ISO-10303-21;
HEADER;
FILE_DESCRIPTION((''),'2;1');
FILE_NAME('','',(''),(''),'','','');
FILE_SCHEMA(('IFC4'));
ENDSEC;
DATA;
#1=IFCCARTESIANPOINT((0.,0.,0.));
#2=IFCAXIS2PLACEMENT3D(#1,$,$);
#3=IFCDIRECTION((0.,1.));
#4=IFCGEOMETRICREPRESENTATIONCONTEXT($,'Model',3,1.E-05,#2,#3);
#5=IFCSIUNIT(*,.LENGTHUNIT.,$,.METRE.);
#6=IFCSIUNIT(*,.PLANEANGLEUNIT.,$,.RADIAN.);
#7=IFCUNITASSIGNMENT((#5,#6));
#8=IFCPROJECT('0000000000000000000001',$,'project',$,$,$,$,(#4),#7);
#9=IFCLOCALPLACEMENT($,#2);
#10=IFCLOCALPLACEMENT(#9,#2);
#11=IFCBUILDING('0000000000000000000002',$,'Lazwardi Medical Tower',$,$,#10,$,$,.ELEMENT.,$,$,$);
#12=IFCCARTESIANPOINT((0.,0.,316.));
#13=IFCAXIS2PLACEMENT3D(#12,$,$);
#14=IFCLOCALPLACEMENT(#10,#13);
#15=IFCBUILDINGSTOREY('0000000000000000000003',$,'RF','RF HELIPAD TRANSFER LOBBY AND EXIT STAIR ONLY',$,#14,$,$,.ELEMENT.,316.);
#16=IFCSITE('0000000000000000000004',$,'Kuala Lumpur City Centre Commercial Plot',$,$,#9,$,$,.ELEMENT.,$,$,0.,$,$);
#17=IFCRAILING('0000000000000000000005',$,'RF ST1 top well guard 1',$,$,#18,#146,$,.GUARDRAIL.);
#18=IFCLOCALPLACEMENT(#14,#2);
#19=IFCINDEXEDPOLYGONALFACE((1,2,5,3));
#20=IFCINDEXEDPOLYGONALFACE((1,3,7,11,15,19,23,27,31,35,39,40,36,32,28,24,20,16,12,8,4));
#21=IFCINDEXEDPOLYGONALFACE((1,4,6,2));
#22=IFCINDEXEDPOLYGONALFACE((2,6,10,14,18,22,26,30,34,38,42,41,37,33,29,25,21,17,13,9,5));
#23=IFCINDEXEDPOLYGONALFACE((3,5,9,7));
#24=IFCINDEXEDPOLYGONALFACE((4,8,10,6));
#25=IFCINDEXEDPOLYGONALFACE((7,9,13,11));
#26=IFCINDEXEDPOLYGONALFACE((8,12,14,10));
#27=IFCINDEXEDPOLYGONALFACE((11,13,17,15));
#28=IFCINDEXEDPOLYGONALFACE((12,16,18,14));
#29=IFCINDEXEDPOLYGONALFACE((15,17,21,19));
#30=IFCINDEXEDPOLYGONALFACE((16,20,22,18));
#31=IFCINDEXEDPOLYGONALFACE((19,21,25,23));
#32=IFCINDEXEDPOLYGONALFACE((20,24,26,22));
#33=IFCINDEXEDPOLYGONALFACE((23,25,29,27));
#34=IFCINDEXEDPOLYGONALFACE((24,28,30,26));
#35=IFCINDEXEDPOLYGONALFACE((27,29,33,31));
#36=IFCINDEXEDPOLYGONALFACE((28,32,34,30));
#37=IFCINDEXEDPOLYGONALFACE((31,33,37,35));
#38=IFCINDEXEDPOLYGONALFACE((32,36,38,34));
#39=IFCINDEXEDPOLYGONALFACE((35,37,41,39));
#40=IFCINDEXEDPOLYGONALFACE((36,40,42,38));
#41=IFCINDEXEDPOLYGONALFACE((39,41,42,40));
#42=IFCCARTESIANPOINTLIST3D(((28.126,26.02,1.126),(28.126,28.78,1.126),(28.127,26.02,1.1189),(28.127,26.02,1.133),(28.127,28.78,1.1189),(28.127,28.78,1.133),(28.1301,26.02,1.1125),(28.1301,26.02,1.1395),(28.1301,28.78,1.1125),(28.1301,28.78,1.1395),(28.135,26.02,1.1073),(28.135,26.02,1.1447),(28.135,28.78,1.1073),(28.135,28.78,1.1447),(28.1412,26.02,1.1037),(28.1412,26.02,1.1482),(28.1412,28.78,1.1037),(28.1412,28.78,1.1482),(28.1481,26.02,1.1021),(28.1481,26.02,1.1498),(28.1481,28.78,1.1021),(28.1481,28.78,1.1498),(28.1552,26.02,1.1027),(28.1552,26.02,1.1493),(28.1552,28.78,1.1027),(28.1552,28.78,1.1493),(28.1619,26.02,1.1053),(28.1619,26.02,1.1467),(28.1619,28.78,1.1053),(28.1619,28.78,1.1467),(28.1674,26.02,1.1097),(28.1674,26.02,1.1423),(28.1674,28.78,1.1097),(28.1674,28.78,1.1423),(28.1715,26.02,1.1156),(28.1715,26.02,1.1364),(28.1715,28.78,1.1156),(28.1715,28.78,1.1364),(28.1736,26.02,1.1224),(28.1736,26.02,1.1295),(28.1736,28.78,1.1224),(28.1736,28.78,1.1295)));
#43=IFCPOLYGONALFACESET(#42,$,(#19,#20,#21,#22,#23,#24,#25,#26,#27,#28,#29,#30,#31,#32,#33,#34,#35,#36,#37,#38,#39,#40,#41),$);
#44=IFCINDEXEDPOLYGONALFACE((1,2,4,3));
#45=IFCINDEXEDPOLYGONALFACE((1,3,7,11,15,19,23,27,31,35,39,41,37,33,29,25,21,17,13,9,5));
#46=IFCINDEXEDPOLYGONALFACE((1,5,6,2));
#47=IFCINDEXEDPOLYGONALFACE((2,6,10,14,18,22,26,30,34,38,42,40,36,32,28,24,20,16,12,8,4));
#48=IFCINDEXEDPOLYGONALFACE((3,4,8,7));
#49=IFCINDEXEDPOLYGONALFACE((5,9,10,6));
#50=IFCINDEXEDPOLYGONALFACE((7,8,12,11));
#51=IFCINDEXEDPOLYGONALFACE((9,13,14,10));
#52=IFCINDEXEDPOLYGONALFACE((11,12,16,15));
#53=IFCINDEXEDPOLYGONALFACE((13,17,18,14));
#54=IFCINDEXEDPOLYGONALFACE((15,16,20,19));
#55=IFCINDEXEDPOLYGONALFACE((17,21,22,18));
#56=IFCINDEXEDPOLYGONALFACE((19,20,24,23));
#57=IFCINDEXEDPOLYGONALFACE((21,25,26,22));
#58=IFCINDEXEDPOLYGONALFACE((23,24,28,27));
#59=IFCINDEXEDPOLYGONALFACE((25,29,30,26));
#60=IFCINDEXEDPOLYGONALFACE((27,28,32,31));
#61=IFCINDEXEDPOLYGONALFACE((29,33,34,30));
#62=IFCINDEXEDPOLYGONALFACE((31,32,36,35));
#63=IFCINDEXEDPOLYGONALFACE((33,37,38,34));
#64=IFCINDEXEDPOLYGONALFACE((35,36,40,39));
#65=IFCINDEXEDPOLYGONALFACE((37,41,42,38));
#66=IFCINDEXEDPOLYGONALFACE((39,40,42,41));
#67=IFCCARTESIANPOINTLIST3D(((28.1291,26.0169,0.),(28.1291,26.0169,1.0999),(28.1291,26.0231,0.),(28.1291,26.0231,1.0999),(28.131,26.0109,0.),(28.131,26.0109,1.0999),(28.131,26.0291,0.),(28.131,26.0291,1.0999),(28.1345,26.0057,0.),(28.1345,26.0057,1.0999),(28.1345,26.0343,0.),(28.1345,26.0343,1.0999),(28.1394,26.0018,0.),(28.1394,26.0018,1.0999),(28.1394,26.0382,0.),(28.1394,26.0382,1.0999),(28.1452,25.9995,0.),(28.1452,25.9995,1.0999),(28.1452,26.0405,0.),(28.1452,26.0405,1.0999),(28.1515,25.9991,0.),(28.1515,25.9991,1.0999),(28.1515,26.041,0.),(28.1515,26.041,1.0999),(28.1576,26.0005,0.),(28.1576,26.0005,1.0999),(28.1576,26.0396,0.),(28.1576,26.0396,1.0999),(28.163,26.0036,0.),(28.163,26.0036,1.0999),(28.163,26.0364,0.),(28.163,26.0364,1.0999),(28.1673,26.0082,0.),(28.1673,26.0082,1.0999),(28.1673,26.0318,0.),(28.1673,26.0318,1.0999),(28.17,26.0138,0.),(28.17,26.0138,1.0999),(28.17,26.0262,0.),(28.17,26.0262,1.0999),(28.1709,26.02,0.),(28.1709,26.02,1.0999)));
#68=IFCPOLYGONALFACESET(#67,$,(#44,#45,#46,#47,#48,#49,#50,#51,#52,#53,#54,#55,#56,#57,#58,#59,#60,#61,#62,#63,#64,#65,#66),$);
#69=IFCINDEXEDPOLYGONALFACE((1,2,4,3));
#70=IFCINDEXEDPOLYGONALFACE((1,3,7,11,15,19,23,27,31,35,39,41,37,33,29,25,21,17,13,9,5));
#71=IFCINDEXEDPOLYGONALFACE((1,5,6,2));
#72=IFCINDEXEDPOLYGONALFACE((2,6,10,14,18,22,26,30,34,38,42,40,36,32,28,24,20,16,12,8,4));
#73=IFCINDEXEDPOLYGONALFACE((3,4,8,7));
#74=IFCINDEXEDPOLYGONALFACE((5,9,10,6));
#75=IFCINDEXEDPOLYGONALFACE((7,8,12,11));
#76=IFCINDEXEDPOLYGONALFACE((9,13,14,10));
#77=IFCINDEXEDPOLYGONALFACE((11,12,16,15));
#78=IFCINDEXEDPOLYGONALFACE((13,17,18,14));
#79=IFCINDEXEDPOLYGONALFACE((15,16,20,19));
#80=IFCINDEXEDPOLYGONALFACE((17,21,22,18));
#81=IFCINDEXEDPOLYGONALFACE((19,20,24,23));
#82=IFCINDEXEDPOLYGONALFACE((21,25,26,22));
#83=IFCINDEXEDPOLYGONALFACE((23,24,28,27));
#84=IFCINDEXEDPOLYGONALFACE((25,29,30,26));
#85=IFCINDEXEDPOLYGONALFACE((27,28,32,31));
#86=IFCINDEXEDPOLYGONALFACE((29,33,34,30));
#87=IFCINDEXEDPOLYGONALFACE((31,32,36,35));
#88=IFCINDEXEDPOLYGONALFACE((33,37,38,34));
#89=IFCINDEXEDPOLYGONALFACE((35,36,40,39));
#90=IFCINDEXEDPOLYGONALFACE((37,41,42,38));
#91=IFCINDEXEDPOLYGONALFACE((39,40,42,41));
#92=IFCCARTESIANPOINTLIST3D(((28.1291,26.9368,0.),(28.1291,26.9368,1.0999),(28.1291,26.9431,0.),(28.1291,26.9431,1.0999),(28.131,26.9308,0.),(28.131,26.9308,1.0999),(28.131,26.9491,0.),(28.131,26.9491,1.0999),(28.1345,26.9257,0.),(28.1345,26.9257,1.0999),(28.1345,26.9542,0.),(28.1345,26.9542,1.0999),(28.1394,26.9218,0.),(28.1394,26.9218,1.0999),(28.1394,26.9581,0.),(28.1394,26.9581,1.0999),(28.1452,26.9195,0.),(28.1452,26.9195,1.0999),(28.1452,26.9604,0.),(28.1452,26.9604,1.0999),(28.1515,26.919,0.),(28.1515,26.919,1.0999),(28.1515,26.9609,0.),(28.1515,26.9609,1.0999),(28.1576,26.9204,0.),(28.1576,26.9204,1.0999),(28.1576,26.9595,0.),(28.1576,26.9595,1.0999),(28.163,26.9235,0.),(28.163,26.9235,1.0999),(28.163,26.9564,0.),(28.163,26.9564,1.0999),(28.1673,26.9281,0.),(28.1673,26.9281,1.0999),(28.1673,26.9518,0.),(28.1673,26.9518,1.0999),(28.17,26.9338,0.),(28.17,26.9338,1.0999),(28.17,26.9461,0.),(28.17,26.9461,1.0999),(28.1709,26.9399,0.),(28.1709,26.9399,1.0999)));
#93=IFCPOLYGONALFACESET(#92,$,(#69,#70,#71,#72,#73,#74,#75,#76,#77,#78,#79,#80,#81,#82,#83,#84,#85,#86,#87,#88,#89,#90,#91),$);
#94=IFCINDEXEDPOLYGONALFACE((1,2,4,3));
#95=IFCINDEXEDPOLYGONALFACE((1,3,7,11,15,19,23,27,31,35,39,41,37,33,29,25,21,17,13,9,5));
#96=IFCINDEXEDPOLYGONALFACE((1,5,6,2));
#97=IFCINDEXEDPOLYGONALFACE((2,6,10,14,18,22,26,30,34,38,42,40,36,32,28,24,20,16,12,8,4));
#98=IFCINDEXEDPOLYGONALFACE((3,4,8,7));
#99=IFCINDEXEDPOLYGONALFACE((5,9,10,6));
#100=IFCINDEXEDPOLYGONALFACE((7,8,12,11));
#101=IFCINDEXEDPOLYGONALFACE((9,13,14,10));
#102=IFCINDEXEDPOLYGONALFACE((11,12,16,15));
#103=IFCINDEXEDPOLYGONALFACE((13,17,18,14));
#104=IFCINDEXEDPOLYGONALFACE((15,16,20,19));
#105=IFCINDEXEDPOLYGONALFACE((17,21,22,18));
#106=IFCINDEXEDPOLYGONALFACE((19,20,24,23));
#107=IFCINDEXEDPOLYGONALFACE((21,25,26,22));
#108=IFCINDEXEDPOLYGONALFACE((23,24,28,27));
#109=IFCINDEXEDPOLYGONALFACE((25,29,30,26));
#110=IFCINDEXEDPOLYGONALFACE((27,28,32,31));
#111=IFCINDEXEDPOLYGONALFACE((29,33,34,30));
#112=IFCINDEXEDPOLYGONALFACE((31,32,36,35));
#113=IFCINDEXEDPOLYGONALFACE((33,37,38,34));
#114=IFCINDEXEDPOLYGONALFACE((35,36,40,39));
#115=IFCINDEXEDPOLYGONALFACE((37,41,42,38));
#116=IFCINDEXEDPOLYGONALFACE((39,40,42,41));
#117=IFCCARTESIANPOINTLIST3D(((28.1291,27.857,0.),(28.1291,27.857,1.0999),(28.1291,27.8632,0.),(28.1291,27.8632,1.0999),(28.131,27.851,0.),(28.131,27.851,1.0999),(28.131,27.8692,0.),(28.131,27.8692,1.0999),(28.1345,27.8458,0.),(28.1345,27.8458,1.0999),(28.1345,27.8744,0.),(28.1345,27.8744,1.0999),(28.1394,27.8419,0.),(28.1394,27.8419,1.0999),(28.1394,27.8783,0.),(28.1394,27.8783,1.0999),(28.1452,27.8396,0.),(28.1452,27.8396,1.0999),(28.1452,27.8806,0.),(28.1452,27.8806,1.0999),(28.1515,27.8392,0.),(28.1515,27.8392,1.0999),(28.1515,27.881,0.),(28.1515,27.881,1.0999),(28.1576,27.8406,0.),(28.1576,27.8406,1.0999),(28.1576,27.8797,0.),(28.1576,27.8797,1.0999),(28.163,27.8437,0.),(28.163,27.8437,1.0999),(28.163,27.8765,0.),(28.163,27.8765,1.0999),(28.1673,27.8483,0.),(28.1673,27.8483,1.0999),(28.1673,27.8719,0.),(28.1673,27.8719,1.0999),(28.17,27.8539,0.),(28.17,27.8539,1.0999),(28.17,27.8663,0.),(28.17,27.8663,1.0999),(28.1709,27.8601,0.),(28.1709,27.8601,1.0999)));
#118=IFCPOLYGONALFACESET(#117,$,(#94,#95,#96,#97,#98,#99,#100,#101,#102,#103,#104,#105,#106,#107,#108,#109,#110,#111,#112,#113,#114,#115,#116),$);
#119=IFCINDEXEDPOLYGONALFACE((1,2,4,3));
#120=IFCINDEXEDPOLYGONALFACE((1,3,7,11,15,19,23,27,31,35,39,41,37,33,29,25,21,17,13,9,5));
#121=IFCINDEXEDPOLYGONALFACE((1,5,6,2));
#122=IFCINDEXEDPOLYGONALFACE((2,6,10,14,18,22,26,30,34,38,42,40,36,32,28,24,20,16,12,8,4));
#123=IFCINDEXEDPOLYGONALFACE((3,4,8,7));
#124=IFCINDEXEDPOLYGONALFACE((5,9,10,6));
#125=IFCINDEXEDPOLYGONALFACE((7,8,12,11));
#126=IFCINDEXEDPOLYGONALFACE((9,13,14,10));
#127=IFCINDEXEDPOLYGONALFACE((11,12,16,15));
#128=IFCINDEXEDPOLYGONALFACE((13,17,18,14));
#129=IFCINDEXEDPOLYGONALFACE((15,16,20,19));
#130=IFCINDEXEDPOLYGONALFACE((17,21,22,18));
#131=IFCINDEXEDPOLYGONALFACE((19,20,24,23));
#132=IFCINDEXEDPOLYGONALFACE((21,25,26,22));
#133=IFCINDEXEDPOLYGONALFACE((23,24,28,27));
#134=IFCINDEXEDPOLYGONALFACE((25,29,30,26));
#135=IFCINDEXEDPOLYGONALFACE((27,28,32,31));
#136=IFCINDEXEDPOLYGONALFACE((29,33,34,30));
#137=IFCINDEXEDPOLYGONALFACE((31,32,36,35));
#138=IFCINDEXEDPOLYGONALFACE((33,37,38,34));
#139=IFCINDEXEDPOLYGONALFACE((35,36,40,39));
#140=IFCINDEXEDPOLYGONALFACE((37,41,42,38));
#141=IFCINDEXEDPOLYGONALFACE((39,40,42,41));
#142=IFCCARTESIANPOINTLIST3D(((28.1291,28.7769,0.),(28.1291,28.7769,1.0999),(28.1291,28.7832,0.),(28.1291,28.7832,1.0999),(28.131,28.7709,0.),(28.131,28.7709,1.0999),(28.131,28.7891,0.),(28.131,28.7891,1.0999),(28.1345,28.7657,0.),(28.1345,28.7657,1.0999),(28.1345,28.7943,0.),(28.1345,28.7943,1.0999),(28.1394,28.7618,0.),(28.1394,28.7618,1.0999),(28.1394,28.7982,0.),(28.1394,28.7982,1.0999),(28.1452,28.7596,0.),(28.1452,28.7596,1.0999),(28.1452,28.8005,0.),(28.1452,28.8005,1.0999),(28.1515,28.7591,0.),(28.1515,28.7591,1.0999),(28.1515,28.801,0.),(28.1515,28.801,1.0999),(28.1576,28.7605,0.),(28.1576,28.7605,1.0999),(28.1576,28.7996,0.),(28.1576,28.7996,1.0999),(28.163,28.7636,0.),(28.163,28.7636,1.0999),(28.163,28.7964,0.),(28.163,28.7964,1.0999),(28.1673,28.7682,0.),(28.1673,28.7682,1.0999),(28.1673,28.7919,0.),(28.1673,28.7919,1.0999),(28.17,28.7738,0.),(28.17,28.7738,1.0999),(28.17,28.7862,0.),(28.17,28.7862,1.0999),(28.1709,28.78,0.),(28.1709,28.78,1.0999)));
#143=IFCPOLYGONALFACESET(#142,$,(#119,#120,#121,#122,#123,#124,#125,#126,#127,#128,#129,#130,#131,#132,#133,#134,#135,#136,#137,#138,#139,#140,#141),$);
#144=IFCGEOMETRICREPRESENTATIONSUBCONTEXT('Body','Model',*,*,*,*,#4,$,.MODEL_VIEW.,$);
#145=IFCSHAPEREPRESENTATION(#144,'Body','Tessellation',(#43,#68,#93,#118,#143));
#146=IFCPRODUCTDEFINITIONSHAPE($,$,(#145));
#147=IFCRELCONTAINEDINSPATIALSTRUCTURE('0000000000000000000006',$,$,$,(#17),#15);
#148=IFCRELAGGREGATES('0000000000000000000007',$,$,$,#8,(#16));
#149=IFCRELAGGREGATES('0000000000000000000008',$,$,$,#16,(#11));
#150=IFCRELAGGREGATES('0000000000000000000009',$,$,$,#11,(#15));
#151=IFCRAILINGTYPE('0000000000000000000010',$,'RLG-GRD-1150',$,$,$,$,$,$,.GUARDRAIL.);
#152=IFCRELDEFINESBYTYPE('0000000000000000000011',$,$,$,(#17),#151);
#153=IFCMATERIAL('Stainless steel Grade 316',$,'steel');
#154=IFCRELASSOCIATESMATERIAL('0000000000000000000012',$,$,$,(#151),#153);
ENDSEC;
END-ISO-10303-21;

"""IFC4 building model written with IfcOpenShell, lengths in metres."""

from ifc_helpers import new_model, si_unit, direction, frame, origin, origin_2d, place, context, subcontext, project, spatial, circle, extrude, material, type_object, element, save


model = new_model("IFC4")

# Units and contexts
model_context = context("Model", 3, precision=1e-05, world=origin(), true_north=direction((0.0, 1.0)))
body_context = subcontext(model_context, "Body", "Model", "MODEL_VIEW")
ifc_project = project(units=[si_unit("LENGTHUNIT", "METRE"), si_unit("PLANEANGLEUNIT", "RADIAN")], contexts=[model_context])

# Site, building, storey
site_placement = place(None, origin())
site = spatial("IfcSite", under=ifc_project, at=site_placement, Name="Kuala Lumpur City Centre Commercial Plot", CompositionType="ELEMENT", RefElevation=0.0)
building_placement = place(site_placement, origin())
building = spatial("IfcBuilding", under=site, at=building_placement, Name="Lazwardi Medical Tower", CompositionType="ELEMENT")
storey_placement = place(building_placement, frame((0.0, 0.0, 316.0)))
storey = spatial("IfcBuildingStorey", under=building, at=storey_placement, Name="RF", Description="RF HELIPAD TRANSFER LOBBY AND EXIT STAIR ONLY", CompositionType="ELEMENT", Elevation=316.0)

# Railing
ifc_material_1 = material(Name="Stainless steel Grade 316", Category="steel")
railing_type = type_object("IfcRailingType", Name="RLG-GRD-1150", PredefinedType="GUARDRAIL", material=ifc_material_1)
railing_placement = place(storey_placement, frame((28.1499, 26.02, 0.0)))
element("IfcRailing", 1, at=railing_placement, inside=storey, type_object=railing_type, Name="RF ST1 top well guard 1", PredefinedType="GUARDRAIL", context=body_context, shape_type="SweptSolid", body=[
    extrude(circle(Radius=0.0239, at=origin_2d()), frame((0.0, 0.0, 1.126), z_axis=(0.0, 1.0, 0.0), x_axis=(-1.0, 0.0, 0.0)), (0.0, 0.0, 1.0), 2.76),
    extrude(circle(Radius=0.021, at=origin_2d()), origin(), (0.0, 0.0, 1.0), 1.0999),
    extrude(circle(Radius=0.021, at=origin_2d()), frame((0.0, 0.9199, 0.0)), (0.0, 0.0, 1.0), 1.0999),
    extrude(circle(Radius=0.021, at=origin_2d()), frame((0.0, 1.8401, 0.0)), (0.0, 0.0, 1.0), 1.0999),
    extrude(circle(Radius=0.021, at=origin_2d()), frame((0.0, 2.76, 0.0)), (0.0, 0.0, 1.0), 1.0999),
])

save(model, "model.ifc")
